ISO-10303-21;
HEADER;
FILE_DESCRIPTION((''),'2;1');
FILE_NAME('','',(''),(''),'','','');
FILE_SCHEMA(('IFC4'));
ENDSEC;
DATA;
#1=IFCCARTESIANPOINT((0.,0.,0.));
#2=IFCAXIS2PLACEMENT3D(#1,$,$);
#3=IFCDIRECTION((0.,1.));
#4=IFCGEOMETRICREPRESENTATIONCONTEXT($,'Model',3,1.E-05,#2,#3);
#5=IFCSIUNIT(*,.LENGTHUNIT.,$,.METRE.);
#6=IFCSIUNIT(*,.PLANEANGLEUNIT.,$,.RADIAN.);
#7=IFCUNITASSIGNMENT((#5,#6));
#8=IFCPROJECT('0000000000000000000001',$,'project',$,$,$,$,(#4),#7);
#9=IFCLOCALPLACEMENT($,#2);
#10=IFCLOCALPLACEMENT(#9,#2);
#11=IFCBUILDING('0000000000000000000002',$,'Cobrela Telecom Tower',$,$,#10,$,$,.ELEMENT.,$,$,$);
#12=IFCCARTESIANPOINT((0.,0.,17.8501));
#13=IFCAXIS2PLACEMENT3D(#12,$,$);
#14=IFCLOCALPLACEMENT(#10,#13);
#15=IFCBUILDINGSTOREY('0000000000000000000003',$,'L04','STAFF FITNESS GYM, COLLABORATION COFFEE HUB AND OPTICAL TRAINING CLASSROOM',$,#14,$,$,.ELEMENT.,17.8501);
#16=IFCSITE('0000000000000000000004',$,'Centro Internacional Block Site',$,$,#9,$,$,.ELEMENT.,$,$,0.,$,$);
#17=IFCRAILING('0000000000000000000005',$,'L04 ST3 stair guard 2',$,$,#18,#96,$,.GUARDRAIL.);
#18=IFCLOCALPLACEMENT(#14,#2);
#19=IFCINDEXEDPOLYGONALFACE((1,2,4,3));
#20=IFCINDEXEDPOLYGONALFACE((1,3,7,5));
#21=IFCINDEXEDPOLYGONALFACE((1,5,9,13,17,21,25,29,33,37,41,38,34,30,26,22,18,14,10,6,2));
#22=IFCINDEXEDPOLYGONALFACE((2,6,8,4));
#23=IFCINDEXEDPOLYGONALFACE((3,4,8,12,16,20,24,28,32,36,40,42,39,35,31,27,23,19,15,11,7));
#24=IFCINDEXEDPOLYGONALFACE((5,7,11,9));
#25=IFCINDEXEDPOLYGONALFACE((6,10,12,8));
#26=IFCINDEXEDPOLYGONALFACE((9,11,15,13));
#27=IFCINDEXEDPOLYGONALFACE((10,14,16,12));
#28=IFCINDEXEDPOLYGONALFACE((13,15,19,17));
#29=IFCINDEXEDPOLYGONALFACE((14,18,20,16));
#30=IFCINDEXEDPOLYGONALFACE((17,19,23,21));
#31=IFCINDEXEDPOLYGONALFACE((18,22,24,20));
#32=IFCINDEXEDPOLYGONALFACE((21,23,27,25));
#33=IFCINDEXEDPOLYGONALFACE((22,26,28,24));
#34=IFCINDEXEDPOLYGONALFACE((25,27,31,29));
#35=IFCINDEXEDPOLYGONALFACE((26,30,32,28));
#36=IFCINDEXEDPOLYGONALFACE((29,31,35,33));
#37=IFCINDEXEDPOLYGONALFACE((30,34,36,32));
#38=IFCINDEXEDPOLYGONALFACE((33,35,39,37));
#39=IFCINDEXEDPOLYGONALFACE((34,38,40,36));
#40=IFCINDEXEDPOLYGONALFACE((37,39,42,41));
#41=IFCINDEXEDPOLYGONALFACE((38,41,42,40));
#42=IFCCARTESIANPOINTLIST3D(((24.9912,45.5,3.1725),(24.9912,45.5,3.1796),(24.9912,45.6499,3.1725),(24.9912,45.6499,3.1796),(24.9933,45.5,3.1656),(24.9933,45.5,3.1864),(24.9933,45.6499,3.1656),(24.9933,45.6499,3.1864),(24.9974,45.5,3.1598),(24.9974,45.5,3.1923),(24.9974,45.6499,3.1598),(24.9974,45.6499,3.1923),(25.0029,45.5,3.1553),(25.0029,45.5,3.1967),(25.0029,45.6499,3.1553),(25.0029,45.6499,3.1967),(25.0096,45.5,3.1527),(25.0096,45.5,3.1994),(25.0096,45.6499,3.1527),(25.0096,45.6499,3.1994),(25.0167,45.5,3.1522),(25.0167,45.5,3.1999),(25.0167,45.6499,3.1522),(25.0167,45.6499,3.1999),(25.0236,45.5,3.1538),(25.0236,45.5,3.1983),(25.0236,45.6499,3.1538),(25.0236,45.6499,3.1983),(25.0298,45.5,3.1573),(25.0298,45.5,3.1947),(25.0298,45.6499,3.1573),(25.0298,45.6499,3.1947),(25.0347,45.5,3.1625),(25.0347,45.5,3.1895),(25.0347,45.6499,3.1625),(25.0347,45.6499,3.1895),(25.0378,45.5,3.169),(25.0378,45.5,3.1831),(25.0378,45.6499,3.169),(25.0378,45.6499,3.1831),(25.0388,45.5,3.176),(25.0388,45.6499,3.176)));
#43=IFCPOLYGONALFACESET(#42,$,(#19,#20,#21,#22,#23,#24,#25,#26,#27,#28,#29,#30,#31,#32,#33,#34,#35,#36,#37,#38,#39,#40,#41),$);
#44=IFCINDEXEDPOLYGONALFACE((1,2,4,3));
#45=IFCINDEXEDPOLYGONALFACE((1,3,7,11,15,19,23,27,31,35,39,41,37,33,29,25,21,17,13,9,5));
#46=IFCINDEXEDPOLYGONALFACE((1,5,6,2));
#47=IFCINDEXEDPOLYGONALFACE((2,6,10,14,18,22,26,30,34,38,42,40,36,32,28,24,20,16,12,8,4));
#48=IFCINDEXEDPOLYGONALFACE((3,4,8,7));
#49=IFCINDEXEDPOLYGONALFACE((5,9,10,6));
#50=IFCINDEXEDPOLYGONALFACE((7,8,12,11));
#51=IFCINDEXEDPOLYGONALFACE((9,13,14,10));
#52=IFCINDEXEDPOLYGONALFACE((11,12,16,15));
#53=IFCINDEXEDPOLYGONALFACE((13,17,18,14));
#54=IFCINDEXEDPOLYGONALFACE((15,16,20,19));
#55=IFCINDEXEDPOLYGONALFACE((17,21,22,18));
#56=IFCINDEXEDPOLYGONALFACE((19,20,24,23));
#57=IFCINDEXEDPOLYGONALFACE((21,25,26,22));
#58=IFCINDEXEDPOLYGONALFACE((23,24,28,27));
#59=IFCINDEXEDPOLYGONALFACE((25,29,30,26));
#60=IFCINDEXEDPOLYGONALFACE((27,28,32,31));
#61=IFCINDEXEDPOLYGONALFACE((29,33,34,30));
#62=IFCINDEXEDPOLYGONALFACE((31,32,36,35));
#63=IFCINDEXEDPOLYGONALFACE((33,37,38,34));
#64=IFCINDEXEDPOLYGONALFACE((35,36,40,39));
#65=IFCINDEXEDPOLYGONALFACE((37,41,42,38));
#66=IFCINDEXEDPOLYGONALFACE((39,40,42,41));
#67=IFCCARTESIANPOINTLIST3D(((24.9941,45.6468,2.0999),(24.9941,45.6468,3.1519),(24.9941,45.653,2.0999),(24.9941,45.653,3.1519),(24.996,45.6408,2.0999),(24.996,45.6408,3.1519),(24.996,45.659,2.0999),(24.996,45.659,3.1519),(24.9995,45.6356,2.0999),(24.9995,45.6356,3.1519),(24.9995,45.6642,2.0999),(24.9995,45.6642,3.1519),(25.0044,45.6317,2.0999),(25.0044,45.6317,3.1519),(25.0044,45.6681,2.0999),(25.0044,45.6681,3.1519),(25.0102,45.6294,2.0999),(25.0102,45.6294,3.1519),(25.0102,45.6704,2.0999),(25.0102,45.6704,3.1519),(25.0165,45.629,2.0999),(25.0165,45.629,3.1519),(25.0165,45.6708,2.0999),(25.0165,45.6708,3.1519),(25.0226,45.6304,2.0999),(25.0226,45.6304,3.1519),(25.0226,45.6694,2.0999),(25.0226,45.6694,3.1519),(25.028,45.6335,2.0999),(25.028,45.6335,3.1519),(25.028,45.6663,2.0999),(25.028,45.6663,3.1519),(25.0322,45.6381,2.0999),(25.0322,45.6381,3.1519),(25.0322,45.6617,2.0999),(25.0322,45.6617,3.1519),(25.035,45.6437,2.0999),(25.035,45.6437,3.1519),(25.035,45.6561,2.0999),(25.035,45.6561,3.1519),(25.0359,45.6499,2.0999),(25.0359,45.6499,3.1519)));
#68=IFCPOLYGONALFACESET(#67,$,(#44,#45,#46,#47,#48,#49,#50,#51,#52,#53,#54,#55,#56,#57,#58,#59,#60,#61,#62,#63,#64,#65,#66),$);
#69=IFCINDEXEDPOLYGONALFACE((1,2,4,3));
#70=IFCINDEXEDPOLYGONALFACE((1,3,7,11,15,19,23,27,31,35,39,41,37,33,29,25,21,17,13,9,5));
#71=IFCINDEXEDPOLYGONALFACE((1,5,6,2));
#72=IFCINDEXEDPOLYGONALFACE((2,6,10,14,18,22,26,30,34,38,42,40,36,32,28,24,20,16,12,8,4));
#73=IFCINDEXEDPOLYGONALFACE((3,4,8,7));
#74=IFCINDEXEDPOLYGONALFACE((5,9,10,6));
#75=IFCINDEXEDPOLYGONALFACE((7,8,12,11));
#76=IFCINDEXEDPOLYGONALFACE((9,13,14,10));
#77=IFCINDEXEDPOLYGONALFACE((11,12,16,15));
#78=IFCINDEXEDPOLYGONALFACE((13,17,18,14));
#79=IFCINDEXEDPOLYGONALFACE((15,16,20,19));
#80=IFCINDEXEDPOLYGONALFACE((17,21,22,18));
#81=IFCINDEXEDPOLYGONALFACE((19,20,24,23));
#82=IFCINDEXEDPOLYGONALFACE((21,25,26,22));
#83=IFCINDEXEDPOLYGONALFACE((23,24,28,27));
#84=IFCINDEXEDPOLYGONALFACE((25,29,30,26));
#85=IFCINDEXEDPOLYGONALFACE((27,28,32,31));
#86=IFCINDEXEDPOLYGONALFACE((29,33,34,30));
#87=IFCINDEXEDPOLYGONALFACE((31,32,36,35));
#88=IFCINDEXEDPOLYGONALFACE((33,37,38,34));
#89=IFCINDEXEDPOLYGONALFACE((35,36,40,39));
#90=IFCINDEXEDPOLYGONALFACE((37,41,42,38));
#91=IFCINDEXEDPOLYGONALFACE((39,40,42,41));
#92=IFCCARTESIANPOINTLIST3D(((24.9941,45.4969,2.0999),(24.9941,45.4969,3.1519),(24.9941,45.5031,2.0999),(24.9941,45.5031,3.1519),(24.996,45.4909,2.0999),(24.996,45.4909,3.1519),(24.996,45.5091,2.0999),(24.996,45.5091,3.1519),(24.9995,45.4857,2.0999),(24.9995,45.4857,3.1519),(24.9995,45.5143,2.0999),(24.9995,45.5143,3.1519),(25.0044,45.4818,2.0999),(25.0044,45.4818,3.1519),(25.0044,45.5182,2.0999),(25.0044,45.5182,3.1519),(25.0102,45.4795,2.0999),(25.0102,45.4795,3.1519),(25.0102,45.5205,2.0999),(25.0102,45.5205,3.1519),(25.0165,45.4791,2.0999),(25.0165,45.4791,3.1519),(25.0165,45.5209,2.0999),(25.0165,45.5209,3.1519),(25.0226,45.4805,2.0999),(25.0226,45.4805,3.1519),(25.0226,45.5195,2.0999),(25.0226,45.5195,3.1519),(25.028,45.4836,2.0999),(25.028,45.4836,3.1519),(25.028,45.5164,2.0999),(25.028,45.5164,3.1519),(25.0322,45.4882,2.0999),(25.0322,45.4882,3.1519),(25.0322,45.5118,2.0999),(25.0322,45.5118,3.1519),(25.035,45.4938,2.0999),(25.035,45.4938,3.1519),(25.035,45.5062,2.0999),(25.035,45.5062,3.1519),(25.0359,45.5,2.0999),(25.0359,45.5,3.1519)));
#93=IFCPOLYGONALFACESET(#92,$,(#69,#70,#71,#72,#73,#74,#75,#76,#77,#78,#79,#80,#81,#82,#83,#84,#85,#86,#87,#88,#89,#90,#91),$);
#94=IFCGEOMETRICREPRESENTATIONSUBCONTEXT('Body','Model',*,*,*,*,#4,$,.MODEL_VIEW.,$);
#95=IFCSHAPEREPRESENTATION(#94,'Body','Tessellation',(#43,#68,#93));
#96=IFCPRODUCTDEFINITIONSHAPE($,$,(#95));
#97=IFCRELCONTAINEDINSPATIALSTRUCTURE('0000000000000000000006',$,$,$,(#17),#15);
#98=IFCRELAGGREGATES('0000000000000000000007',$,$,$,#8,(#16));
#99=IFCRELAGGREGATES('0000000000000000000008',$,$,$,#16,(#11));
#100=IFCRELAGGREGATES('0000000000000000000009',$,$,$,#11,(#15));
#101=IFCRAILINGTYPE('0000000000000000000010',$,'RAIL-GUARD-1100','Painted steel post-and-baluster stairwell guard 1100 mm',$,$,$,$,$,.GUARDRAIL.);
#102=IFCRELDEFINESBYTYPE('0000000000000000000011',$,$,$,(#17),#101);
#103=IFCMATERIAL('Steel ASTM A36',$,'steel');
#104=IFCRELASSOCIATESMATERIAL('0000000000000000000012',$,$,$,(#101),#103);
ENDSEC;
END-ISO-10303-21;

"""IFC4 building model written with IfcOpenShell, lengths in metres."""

from ifc_helpers import new_model, si_unit, direction, frame, origin, origin_2d, place, context, subcontext, project, spatial, circle, extrude, material, type_object, element, save


model = new_model("IFC4")

# Units and contexts
model_context = context("Model", 3, precision=1e-05, world=origin(), true_north=direction((0.0, 1.0)))
body_context = subcontext(model_context, "Body", "Model", "MODEL_VIEW")
ifc_project = project(units=[si_unit("LENGTHUNIT", "METRE"), si_unit("PLANEANGLEUNIT", "RADIAN")], contexts=[model_context])

# Site, building, storey
site_placement = place(None, origin())
site = spatial("IfcSite", under=ifc_project, at=site_placement, Name="Centro Internacional Block Site", CompositionType="ELEMENT", RefElevation=0.0)
building_placement = place(site_placement, origin())
building = spatial("IfcBuilding", under=site, at=building_placement, Name="Cobrela Telecom Tower", CompositionType="ELEMENT")
storey_placement = place(building_placement, frame((0.0, 0.0, 17.8501)))
storey = spatial("IfcBuildingStorey", under=building, at=storey_placement, Name="L04", Description="STAFF FITNESS GYM, COLLABORATION COFFEE HUB AND OPTICAL TRAINING CLASSROOM", CompositionType="ELEMENT", Elevation=17.8501)

# Shared definitions
ifc_material_1 = material(Name="Steel ASTM A36", Category="steel")

# Railing
railing_type_1 = type_object("IfcRailingType", Name="RAIL-GUARD-1100", Description="Painted steel post-and-baluster stairwell guard 1100 mm", PredefinedType="GUARDRAIL", material=ifc_material_1)
railing_1_placement = place(storey_placement, frame((25.0149, 45.6499, 2.0999)))
element("IfcRailing", 1, at=railing_1_placement, inside=storey, type_object=railing_type_1, Name="L04 ST3 stair guard 2", PredefinedType="GUARDRAIL", context=body_context, shape_type="SweptSolid", body=[
    extrude(circle(Radius=0.0239, at=origin_2d()), frame((0.0, 0.0, 1.0762), z_axis=(0.0, -1.0, 0.0), x_axis=(1.0, 0.0, 0.0)), (0.0, 0.0, 1.0), 0.1499),
    extrude(circle(Radius=0.021, at=origin_2d()), origin(), (0.0, 0.0, 1.0), 1.052),
    extrude(circle(Radius=0.021, at=origin_2d()), frame((0.0, -0.1499, 0.0)), (0.0, 0.0, 1.0), 1.052),
])

save(model, "model.ifc")
